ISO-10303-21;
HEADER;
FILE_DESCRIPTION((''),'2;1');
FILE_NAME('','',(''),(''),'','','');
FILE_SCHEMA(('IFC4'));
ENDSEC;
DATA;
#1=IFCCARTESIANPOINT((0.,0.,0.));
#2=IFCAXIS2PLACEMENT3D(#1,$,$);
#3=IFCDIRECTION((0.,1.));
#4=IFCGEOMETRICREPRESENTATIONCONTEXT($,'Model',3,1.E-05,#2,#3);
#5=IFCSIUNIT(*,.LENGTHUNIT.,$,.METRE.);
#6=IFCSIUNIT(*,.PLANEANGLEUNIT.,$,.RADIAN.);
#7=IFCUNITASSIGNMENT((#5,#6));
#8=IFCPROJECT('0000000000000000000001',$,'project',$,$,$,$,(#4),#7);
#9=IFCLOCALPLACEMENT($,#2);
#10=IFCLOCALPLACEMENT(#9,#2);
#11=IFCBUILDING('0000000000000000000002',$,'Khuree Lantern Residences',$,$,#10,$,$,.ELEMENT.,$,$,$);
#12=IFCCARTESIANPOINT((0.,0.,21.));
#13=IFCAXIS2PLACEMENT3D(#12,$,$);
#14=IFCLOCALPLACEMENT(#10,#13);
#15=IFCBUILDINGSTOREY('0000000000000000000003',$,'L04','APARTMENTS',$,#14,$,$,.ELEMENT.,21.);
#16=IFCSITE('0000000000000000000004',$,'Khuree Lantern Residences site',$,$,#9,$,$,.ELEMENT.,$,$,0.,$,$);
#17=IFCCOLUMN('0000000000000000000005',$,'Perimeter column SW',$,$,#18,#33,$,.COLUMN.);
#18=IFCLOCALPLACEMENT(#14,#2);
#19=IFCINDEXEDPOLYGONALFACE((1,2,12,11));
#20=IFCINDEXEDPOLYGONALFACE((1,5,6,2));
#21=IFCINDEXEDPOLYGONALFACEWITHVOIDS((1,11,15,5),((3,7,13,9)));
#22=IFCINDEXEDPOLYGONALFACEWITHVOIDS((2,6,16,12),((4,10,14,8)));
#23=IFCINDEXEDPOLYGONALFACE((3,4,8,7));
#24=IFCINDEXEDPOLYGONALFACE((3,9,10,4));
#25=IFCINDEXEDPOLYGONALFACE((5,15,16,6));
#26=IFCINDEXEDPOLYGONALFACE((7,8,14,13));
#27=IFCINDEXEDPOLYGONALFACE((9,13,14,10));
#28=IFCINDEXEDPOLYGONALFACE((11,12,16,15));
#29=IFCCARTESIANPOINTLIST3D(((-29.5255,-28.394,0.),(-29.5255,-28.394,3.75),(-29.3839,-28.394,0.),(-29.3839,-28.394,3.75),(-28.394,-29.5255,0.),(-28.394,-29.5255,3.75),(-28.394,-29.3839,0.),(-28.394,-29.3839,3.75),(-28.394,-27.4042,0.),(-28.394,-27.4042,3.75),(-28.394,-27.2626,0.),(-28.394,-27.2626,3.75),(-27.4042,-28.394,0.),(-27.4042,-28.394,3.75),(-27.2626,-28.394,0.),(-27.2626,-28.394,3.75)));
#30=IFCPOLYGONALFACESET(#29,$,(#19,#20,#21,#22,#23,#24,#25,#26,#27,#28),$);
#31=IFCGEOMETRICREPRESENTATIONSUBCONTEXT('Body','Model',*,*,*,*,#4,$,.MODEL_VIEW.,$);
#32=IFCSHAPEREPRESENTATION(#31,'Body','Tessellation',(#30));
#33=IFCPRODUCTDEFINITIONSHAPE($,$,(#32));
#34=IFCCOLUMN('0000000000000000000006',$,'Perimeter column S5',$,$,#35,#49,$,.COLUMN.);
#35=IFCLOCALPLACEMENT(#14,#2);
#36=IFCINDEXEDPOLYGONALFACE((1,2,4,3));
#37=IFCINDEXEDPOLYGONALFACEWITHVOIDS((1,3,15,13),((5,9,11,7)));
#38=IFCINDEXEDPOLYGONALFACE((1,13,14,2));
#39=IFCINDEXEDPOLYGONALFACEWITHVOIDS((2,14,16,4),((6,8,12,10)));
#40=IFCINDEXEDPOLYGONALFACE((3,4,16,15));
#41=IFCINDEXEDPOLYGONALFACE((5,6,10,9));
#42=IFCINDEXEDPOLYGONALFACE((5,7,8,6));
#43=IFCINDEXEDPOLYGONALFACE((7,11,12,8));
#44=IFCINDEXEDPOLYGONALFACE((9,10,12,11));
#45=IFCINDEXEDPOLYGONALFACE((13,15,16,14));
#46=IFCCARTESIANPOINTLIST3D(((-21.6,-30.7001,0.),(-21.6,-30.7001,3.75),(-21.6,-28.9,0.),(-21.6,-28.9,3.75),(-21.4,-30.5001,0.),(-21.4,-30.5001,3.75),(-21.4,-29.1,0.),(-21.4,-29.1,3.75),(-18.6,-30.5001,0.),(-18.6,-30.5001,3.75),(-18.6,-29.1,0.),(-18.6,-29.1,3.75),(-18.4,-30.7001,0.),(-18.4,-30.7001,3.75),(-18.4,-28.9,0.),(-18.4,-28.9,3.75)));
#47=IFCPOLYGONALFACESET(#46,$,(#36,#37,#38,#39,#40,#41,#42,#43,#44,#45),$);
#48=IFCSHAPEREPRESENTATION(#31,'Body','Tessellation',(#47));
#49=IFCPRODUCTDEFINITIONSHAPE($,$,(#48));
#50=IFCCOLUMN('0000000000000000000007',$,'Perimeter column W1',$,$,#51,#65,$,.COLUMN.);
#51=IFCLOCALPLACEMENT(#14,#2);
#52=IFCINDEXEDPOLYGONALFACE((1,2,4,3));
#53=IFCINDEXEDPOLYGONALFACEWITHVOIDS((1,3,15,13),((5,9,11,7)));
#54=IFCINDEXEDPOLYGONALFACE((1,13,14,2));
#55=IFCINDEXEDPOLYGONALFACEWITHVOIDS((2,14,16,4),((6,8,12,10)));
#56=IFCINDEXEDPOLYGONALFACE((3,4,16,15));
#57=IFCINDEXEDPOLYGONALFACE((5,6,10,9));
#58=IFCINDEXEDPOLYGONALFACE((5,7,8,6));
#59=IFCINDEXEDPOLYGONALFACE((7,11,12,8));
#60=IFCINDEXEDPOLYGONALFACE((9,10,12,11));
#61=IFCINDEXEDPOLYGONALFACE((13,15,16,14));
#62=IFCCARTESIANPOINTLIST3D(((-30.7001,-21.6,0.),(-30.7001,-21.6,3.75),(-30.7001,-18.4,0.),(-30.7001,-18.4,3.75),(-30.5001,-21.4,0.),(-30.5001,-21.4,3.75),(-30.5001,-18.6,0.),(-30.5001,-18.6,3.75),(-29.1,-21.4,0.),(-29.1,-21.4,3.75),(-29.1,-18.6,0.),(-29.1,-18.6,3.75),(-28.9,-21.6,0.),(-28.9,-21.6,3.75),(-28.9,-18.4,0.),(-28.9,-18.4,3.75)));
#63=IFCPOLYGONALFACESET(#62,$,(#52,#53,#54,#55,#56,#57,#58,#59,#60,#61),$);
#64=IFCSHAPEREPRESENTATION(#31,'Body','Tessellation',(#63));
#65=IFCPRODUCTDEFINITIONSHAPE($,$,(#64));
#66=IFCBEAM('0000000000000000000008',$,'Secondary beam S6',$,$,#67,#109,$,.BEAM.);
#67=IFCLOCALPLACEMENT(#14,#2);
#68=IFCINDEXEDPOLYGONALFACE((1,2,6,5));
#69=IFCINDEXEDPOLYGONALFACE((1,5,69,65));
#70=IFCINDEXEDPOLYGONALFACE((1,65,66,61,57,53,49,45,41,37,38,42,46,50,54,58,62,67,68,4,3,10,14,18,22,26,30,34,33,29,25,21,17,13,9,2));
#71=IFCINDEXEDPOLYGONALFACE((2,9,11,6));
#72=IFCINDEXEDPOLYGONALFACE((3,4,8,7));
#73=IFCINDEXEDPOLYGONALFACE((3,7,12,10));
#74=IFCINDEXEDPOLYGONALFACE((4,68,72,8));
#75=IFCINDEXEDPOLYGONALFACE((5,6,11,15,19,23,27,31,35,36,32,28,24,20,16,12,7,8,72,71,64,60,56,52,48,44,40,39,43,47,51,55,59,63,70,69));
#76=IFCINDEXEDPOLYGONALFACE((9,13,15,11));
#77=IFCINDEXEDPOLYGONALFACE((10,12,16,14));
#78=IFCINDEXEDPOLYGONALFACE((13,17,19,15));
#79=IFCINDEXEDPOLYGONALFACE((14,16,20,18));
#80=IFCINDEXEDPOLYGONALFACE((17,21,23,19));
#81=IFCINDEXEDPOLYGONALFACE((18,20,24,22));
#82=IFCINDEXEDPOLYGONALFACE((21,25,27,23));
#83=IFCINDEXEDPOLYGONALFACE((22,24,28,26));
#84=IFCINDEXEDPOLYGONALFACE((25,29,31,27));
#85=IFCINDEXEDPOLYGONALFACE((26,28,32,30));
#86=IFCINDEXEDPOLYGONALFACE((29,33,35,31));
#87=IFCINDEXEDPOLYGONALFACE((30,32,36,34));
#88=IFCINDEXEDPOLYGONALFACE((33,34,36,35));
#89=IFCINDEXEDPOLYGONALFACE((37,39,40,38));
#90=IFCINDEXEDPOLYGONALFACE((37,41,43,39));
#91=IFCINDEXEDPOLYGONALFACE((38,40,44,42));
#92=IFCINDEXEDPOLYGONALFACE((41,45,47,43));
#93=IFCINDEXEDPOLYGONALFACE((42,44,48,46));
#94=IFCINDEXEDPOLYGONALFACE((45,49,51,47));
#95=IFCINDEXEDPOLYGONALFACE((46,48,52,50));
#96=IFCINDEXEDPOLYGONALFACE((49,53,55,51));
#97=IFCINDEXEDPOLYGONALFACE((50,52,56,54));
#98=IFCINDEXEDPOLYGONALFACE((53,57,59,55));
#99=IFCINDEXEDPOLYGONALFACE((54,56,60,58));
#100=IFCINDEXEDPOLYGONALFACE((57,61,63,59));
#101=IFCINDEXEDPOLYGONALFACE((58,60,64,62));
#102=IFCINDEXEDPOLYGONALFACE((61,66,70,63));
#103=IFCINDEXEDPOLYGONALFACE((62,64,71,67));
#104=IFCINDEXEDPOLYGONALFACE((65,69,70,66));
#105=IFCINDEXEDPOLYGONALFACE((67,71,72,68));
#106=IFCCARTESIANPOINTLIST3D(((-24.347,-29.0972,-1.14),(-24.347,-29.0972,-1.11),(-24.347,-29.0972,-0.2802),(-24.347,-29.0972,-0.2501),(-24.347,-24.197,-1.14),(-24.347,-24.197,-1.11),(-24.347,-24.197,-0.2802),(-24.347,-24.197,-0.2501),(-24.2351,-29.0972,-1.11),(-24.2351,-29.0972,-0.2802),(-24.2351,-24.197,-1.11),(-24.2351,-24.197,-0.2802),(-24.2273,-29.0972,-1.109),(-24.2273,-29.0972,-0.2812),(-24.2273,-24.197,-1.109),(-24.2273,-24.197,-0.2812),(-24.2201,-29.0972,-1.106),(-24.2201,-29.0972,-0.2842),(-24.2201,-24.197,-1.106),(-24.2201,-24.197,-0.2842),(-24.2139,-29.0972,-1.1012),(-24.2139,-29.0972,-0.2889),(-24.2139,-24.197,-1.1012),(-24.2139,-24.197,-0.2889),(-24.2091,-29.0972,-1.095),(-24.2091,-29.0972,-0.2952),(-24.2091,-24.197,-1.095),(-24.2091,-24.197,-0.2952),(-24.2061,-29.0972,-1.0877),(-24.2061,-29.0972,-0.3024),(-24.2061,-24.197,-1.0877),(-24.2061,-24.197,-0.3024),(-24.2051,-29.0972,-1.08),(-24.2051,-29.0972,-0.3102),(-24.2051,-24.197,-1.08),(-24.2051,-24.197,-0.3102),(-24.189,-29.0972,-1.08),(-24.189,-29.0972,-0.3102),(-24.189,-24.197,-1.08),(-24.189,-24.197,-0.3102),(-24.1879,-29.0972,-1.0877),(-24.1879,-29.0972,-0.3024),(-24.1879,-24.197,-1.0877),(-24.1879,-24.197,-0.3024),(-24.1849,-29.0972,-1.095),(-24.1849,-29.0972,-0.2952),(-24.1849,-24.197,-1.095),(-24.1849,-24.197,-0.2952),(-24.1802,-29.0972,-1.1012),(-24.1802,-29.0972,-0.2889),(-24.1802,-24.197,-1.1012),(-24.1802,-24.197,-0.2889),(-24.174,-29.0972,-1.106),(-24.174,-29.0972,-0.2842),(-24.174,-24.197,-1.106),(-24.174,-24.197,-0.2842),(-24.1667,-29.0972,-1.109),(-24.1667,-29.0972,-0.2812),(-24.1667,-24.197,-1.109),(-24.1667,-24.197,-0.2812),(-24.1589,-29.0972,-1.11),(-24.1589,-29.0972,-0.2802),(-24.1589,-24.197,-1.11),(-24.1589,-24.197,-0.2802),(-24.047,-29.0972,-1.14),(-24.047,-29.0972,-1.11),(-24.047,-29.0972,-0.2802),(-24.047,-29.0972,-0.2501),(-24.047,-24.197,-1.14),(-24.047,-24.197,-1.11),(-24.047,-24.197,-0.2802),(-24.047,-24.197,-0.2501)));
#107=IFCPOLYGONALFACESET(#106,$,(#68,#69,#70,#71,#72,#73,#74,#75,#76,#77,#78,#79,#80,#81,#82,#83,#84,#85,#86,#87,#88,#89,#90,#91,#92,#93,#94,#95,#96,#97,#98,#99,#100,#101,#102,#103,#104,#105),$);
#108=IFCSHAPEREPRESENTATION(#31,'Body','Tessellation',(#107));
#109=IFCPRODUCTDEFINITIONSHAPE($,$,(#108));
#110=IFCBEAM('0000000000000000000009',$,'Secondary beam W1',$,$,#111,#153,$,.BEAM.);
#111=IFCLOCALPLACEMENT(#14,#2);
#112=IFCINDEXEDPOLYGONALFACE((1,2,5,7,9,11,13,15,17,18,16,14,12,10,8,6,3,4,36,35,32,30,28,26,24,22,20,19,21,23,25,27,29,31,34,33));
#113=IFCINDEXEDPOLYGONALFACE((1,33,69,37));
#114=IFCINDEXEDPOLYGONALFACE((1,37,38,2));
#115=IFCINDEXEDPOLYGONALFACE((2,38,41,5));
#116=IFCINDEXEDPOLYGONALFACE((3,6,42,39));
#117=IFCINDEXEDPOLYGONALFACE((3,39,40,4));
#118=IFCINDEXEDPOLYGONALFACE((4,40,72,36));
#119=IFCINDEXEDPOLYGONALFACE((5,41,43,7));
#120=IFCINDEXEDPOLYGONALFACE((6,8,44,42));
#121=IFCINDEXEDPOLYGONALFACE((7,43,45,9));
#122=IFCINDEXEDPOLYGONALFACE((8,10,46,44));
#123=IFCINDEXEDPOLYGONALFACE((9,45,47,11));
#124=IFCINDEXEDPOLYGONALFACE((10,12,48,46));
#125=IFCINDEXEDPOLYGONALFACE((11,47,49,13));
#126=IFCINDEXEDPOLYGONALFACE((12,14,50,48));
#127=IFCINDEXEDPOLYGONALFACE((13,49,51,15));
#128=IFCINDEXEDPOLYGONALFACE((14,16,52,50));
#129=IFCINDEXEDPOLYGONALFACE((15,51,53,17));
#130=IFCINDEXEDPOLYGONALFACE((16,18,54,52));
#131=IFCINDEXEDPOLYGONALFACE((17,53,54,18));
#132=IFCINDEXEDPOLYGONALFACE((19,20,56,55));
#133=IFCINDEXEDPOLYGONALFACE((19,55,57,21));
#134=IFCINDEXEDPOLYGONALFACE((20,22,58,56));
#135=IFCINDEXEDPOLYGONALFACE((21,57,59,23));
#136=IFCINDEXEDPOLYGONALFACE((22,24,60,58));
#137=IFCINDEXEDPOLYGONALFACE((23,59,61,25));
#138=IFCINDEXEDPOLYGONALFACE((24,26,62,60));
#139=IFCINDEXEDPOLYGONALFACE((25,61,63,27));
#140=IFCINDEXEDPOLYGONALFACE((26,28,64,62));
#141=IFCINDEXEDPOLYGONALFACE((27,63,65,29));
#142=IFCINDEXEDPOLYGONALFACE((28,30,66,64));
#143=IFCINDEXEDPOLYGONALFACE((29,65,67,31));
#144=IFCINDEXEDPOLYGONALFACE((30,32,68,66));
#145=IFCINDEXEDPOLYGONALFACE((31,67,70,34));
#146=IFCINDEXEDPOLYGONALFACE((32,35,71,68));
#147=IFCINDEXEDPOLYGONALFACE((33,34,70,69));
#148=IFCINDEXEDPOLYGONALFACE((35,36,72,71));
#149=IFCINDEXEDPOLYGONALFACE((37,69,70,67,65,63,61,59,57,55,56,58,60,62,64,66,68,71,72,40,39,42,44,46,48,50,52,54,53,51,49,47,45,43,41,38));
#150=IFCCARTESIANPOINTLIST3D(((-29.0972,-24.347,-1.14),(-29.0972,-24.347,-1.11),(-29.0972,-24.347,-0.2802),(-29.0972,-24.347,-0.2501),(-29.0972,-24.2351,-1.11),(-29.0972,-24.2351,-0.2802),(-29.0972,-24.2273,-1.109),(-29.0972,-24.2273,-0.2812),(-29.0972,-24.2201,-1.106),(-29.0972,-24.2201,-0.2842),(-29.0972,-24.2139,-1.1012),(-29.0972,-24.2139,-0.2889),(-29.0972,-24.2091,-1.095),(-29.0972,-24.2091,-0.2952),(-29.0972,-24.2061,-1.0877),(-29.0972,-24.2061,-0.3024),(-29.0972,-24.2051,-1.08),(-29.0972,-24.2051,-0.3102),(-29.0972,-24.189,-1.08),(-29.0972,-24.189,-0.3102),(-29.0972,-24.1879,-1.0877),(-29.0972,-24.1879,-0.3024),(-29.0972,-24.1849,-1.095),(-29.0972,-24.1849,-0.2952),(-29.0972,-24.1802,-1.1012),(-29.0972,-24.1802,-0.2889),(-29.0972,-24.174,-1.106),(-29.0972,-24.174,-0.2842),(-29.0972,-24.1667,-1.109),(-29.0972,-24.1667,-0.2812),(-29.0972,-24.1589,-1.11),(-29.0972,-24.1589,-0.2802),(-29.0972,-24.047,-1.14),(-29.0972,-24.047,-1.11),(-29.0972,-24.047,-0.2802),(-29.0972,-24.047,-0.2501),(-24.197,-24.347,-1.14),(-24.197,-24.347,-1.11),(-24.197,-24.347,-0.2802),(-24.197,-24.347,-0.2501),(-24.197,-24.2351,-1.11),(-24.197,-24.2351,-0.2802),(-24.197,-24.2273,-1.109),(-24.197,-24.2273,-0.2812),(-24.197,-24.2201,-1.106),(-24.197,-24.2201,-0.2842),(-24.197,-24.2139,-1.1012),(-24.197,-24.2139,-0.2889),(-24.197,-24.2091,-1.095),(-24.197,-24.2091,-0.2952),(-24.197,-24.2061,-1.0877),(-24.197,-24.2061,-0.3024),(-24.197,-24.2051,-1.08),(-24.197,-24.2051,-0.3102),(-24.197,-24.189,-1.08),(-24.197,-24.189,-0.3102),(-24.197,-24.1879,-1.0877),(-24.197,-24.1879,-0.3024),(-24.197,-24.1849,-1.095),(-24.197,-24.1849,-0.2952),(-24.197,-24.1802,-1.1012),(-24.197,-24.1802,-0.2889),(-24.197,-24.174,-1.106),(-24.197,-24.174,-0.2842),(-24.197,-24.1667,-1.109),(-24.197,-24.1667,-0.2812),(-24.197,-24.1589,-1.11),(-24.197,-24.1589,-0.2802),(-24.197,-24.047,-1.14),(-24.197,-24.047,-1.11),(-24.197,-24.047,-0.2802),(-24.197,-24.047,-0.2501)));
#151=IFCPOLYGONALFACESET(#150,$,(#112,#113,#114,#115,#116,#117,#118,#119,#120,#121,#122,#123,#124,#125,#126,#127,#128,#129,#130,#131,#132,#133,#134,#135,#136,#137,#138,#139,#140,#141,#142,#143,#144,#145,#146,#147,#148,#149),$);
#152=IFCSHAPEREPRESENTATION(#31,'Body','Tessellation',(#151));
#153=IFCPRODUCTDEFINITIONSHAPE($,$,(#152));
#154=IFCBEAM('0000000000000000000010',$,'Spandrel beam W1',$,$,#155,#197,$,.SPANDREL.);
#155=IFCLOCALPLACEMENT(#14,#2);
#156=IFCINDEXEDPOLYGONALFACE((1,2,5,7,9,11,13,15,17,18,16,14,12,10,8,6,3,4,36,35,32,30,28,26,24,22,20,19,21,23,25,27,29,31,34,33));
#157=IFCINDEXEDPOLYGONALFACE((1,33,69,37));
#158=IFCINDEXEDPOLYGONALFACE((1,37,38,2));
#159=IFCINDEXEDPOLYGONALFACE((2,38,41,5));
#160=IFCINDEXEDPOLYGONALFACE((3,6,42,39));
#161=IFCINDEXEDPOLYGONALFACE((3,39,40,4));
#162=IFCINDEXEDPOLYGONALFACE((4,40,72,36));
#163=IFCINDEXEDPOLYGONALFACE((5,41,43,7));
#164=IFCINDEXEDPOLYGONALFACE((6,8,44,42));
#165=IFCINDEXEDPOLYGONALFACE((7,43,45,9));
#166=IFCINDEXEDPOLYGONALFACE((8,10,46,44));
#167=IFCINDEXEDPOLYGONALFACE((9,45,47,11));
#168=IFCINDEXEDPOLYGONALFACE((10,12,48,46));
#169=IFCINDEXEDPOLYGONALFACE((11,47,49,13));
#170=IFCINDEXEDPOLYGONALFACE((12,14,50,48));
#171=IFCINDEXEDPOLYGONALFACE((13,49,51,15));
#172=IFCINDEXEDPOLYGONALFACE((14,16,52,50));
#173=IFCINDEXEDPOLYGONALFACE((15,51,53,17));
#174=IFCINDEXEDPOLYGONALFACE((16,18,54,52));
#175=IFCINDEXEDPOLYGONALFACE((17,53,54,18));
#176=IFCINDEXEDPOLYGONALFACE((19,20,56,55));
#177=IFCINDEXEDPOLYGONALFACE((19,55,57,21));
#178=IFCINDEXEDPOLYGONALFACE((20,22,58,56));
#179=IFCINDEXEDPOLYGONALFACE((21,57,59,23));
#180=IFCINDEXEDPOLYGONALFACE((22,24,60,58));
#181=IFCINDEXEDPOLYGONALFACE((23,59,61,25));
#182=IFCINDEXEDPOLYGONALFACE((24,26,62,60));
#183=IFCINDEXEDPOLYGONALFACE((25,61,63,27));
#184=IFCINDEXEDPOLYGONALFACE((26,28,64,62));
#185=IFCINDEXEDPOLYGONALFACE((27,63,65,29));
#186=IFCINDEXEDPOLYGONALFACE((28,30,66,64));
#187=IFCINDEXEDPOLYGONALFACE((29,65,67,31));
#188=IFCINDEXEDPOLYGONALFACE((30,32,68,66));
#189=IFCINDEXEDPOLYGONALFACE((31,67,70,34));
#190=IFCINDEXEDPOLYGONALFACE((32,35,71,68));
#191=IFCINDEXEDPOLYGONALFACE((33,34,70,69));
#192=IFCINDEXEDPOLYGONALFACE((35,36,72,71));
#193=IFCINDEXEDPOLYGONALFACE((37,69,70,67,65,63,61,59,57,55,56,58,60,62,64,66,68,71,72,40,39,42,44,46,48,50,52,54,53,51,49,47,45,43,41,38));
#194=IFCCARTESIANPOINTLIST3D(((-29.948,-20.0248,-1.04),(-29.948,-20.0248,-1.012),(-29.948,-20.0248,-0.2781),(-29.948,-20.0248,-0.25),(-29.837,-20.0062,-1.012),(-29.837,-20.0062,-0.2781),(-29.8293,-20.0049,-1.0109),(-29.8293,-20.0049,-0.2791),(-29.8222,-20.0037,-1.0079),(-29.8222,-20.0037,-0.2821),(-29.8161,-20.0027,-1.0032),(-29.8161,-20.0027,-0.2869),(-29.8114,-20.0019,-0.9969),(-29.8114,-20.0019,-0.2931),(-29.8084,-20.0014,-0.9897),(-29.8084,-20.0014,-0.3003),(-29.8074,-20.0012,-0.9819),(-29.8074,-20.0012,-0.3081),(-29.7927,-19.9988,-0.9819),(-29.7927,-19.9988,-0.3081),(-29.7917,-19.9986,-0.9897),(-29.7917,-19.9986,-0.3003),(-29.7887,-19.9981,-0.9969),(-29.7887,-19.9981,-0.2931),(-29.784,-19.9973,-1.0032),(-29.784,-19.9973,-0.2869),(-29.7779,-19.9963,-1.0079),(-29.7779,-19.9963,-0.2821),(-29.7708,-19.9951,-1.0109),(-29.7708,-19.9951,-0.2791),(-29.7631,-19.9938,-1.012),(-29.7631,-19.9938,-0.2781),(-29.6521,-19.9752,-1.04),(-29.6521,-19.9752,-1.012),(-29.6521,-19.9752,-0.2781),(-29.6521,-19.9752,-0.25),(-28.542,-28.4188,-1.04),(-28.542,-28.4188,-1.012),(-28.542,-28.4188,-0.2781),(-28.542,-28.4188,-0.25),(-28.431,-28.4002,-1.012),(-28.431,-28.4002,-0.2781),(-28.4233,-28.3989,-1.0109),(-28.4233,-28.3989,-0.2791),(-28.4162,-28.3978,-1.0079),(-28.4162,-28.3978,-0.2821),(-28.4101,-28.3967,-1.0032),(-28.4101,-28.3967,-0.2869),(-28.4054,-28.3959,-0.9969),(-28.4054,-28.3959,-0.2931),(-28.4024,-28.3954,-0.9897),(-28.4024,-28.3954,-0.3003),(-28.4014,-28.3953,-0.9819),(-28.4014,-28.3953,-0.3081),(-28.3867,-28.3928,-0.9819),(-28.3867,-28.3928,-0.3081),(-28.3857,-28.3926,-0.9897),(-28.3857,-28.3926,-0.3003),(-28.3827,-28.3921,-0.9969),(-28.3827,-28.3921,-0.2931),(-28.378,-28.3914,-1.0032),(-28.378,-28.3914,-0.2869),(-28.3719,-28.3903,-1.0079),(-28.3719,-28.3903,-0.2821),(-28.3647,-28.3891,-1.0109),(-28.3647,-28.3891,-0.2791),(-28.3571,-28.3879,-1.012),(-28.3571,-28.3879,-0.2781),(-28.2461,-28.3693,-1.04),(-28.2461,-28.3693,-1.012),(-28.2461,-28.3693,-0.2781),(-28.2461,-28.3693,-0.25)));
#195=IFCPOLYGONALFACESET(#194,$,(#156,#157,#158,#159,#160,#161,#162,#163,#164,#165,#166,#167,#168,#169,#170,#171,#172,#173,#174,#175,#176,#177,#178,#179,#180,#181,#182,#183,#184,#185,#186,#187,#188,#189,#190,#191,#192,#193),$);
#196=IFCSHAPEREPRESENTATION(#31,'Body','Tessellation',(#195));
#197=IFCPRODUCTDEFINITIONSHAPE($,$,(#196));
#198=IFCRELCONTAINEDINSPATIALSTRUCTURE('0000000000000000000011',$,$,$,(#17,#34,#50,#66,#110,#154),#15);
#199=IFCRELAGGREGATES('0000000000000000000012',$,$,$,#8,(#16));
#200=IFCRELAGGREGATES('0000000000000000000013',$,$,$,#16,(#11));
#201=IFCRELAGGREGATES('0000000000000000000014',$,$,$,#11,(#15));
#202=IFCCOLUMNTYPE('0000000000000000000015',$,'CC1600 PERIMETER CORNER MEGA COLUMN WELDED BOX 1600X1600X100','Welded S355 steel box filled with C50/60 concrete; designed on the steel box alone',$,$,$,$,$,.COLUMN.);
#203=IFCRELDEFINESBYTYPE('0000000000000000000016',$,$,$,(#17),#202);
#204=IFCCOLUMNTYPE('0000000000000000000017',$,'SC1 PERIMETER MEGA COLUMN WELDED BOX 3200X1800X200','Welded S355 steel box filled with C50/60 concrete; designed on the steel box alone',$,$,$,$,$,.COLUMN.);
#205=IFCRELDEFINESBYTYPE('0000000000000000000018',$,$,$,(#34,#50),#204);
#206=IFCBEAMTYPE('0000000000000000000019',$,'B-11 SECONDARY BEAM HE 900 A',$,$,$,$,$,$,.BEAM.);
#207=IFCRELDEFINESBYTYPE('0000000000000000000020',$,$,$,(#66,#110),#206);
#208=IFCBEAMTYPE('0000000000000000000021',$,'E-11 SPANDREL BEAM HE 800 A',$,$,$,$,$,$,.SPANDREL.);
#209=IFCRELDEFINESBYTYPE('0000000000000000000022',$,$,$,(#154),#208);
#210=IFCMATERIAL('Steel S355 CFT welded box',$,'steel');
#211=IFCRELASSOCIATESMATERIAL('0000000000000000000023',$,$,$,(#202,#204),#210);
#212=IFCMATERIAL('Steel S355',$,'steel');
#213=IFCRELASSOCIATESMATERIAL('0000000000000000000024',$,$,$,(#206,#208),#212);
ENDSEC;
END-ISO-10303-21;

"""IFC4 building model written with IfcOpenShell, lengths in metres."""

from ifc_helpers import new_model, si_unit, direction, frame, origin, origin_2d, place, context, subcontext, project, spatial, hollow_rectangle, i_section, extrude, material, material_profile, profile_set, type_object, element, save


model = new_model("IFC4")

# Units and contexts
model_context = context("Model", 3, precision=1e-05, world=origin(), true_north=direction((0.0, 1.0)))
body_context = subcontext(model_context, "Body", "Model", "MODEL_VIEW")
ifc_project = project(units=[si_unit("LENGTHUNIT", "METRE"), si_unit("PLANEANGLEUNIT", "RADIAN")], contexts=[model_context])

# Site, building, storey
site_placement = place(None, origin())
site = spatial("IfcSite", under=ifc_project, at=site_placement, Name="Khuree Lantern Residences site", CompositionType="ELEMENT", RefElevation=0.0)
building_placement = place(site_placement, origin())
building = spatial("IfcBuilding", under=site, at=building_placement, Name="Khuree Lantern Residences", CompositionType="ELEMENT")
storey_placement = place(building_placement, frame((0.0, 0.0, 21.0)))
storey = spatial("IfcBuildingStorey", under=building, at=storey_placement, Name="L04", Description="APARTMENTS", CompositionType="ELEMENT", Elevation=21.0)

# Columns
ifc_material_1 = material(Name="Steel S355 CFT welded box", Category="steel")
ifc_material_profile_1 = material_profile(ifc_material_1, hollow_rectangle(XDim=1.6001, YDim=1.6001, WallThickness=0.1001, at=origin_2d()), Name="WELDED BOX 1600X1600X100")
ifc_profile_set_1 = profile_set([ifc_material_profile_1], Name="Steel S355 CFT welded box")
column_type_1 = type_object("IfcColumnType", Name="CC1600 PERIMETER CORNER MEGA COLUMN WELDED BOX 1600X1600X100", Description="Welded S355 steel box filled with C50/60 concrete; designed on the steel box alone", PredefinedType="COLUMN", material=ifc_profile_set_1)
column_placement = place(storey_placement, frame((-28.394, -28.394, 0.0), z_axis=(0.0, 0.0, 1.0), x_axis=(0.707107, -0.707107, 0.0)))
element("IfcColumn", 1, at=column_placement, inside=storey, type_object=column_type_1, Name="Perimeter column SW", PredefinedType="COLUMN", context=body_context, shape_type="SweptSolid", body=[
    extrude(hollow_rectangle(XDim=1.6001, YDim=1.6001, WallThickness=0.1001, at=origin_2d()), origin(), (0.0, 0.0, 1.0), 3.75),
])
ifc_material_profile_2 = material_profile(ifc_material_1, hollow_rectangle(XDim=3.2, YDim=1.8, WallThickness=0.2, at=origin_2d()), Name="WELDED BOX 3200X1800X200")
ifc_profile_set_2 = profile_set([ifc_material_profile_2], Name="Steel S355 CFT welded box")
column_type_2 = type_object("IfcColumnType", Name="SC1 PERIMETER MEGA COLUMN WELDED BOX 3200X1800X200", Description="Welded S355 steel box filled with C50/60 concrete; designed on the steel box alone", PredefinedType="COLUMN", material=ifc_profile_set_2)
for number, where, z_axis, x_axis, name in (
    (2, (-20.0, -29.8, 0.0), (0.0, 0.0, 1.0), (1.0, 0.0, 0.0), "Perimeter column S5"),
    (3, (-29.8, -20.0, 0.0), (0.0, 0.0, 1.0), (0.0, 1.0, 0.0), "Perimeter column W1"),
):
    element("IfcColumn", number, at=place(storey_placement, frame(where, z_axis=z_axis, x_axis=x_axis)), inside=storey, type_object=column_type_2, Name=name, PredefinedType="COLUMN", context=body_context, shape_type="SweptSolid", body=[
        extrude(hollow_rectangle(XDim=3.2, YDim=1.8, WallThickness=0.2, at=origin_2d()), origin(), (0.0, 0.0, 1.0), 3.75),
    ])

# Beams
ifc_material_2 = material(Name="Steel S355", Category="steel")
ifc_material_profile_3 = material_profile(ifc_material_2, i_section(OverallWidth=0.3, OverallDepth=0.8899, WebThickness=0.0161, FlangeThickness=0.03, FilletRadius=0.03, at=origin_2d()), Name="HE 900 A")
ifc_profile_set_3 = profile_set([ifc_material_profile_3], Name="Steel S355")
beam_type_1 = type_object("IfcBeamType", Name="B-11 SECONDARY BEAM HE 900 A", PredefinedType="BEAM", material=ifc_profile_set_3)
for number, where, z_axis, x_axis, name in (
    (4, (-24.197, -29.0972, -0.6951), (0.0, 1.0, 0.0), (-1.0, 0.0, 0.0), "Secondary beam S6"),
    (5, (-29.0972, -24.197, -0.6951), (1.0, 0.0, 0.0), (0.0, 1.0, 0.0), "Secondary beam W1"),
):
    element("IfcBeam", number, at=place(storey_placement, frame(where, z_axis=z_axis, x_axis=x_axis)), inside=storey, type_object=beam_type_1, Name=name, PredefinedType="BEAM", context=body_context, shape_type="SweptSolid", body=[
        extrude(i_section(OverallWidth=0.3, OverallDepth=0.8899, WebThickness=0.0161, FlangeThickness=0.03, FilletRadius=0.03, at=origin_2d()), origin(), (0.0, 0.0, 1.0), 4.9001),
    ])
ifc_material_profile_4 = material_profile(ifc_material_2, i_section(OverallWidth=0.3, OverallDepth=0.79, WebThickness=0.0149, FlangeThickness=0.0281, FilletRadius=0.03, at=origin_2d()), Name="HE 800 A")
ifc_profile_set_4 = profile_set([ifc_material_profile_4], Name="Steel S355")
beam_type_2 = type_object("IfcBeamType", Name="E-11 SPANDREL BEAM HE 800 A", PredefinedType="SPANDREL", material=ifc_profile_set_4)
beam_1_placement = place(storey_placement, frame((-28.394, -28.394, -0.645), z_axis=(-0.165199, 0.98626, 0.0), x_axis=(-0.98626, -0.165199, 0.0)))
element("IfcBeam", 6, at=beam_1_placement, inside=storey, type_object=beam_type_2, Name="Spandrel beam W1", PredefinedType="SPANDREL", context=body_context, shape_type="SweptSolid", body=[
    extrude(i_section(OverallWidth=0.3, OverallDepth=0.79, WebThickness=0.0149, FlangeThickness=0.0281, FilletRadius=0.03, at=origin_2d()), origin(), (0.0, 0.0, 1.0), 8.511),
])

save(model, "model.ifc")
